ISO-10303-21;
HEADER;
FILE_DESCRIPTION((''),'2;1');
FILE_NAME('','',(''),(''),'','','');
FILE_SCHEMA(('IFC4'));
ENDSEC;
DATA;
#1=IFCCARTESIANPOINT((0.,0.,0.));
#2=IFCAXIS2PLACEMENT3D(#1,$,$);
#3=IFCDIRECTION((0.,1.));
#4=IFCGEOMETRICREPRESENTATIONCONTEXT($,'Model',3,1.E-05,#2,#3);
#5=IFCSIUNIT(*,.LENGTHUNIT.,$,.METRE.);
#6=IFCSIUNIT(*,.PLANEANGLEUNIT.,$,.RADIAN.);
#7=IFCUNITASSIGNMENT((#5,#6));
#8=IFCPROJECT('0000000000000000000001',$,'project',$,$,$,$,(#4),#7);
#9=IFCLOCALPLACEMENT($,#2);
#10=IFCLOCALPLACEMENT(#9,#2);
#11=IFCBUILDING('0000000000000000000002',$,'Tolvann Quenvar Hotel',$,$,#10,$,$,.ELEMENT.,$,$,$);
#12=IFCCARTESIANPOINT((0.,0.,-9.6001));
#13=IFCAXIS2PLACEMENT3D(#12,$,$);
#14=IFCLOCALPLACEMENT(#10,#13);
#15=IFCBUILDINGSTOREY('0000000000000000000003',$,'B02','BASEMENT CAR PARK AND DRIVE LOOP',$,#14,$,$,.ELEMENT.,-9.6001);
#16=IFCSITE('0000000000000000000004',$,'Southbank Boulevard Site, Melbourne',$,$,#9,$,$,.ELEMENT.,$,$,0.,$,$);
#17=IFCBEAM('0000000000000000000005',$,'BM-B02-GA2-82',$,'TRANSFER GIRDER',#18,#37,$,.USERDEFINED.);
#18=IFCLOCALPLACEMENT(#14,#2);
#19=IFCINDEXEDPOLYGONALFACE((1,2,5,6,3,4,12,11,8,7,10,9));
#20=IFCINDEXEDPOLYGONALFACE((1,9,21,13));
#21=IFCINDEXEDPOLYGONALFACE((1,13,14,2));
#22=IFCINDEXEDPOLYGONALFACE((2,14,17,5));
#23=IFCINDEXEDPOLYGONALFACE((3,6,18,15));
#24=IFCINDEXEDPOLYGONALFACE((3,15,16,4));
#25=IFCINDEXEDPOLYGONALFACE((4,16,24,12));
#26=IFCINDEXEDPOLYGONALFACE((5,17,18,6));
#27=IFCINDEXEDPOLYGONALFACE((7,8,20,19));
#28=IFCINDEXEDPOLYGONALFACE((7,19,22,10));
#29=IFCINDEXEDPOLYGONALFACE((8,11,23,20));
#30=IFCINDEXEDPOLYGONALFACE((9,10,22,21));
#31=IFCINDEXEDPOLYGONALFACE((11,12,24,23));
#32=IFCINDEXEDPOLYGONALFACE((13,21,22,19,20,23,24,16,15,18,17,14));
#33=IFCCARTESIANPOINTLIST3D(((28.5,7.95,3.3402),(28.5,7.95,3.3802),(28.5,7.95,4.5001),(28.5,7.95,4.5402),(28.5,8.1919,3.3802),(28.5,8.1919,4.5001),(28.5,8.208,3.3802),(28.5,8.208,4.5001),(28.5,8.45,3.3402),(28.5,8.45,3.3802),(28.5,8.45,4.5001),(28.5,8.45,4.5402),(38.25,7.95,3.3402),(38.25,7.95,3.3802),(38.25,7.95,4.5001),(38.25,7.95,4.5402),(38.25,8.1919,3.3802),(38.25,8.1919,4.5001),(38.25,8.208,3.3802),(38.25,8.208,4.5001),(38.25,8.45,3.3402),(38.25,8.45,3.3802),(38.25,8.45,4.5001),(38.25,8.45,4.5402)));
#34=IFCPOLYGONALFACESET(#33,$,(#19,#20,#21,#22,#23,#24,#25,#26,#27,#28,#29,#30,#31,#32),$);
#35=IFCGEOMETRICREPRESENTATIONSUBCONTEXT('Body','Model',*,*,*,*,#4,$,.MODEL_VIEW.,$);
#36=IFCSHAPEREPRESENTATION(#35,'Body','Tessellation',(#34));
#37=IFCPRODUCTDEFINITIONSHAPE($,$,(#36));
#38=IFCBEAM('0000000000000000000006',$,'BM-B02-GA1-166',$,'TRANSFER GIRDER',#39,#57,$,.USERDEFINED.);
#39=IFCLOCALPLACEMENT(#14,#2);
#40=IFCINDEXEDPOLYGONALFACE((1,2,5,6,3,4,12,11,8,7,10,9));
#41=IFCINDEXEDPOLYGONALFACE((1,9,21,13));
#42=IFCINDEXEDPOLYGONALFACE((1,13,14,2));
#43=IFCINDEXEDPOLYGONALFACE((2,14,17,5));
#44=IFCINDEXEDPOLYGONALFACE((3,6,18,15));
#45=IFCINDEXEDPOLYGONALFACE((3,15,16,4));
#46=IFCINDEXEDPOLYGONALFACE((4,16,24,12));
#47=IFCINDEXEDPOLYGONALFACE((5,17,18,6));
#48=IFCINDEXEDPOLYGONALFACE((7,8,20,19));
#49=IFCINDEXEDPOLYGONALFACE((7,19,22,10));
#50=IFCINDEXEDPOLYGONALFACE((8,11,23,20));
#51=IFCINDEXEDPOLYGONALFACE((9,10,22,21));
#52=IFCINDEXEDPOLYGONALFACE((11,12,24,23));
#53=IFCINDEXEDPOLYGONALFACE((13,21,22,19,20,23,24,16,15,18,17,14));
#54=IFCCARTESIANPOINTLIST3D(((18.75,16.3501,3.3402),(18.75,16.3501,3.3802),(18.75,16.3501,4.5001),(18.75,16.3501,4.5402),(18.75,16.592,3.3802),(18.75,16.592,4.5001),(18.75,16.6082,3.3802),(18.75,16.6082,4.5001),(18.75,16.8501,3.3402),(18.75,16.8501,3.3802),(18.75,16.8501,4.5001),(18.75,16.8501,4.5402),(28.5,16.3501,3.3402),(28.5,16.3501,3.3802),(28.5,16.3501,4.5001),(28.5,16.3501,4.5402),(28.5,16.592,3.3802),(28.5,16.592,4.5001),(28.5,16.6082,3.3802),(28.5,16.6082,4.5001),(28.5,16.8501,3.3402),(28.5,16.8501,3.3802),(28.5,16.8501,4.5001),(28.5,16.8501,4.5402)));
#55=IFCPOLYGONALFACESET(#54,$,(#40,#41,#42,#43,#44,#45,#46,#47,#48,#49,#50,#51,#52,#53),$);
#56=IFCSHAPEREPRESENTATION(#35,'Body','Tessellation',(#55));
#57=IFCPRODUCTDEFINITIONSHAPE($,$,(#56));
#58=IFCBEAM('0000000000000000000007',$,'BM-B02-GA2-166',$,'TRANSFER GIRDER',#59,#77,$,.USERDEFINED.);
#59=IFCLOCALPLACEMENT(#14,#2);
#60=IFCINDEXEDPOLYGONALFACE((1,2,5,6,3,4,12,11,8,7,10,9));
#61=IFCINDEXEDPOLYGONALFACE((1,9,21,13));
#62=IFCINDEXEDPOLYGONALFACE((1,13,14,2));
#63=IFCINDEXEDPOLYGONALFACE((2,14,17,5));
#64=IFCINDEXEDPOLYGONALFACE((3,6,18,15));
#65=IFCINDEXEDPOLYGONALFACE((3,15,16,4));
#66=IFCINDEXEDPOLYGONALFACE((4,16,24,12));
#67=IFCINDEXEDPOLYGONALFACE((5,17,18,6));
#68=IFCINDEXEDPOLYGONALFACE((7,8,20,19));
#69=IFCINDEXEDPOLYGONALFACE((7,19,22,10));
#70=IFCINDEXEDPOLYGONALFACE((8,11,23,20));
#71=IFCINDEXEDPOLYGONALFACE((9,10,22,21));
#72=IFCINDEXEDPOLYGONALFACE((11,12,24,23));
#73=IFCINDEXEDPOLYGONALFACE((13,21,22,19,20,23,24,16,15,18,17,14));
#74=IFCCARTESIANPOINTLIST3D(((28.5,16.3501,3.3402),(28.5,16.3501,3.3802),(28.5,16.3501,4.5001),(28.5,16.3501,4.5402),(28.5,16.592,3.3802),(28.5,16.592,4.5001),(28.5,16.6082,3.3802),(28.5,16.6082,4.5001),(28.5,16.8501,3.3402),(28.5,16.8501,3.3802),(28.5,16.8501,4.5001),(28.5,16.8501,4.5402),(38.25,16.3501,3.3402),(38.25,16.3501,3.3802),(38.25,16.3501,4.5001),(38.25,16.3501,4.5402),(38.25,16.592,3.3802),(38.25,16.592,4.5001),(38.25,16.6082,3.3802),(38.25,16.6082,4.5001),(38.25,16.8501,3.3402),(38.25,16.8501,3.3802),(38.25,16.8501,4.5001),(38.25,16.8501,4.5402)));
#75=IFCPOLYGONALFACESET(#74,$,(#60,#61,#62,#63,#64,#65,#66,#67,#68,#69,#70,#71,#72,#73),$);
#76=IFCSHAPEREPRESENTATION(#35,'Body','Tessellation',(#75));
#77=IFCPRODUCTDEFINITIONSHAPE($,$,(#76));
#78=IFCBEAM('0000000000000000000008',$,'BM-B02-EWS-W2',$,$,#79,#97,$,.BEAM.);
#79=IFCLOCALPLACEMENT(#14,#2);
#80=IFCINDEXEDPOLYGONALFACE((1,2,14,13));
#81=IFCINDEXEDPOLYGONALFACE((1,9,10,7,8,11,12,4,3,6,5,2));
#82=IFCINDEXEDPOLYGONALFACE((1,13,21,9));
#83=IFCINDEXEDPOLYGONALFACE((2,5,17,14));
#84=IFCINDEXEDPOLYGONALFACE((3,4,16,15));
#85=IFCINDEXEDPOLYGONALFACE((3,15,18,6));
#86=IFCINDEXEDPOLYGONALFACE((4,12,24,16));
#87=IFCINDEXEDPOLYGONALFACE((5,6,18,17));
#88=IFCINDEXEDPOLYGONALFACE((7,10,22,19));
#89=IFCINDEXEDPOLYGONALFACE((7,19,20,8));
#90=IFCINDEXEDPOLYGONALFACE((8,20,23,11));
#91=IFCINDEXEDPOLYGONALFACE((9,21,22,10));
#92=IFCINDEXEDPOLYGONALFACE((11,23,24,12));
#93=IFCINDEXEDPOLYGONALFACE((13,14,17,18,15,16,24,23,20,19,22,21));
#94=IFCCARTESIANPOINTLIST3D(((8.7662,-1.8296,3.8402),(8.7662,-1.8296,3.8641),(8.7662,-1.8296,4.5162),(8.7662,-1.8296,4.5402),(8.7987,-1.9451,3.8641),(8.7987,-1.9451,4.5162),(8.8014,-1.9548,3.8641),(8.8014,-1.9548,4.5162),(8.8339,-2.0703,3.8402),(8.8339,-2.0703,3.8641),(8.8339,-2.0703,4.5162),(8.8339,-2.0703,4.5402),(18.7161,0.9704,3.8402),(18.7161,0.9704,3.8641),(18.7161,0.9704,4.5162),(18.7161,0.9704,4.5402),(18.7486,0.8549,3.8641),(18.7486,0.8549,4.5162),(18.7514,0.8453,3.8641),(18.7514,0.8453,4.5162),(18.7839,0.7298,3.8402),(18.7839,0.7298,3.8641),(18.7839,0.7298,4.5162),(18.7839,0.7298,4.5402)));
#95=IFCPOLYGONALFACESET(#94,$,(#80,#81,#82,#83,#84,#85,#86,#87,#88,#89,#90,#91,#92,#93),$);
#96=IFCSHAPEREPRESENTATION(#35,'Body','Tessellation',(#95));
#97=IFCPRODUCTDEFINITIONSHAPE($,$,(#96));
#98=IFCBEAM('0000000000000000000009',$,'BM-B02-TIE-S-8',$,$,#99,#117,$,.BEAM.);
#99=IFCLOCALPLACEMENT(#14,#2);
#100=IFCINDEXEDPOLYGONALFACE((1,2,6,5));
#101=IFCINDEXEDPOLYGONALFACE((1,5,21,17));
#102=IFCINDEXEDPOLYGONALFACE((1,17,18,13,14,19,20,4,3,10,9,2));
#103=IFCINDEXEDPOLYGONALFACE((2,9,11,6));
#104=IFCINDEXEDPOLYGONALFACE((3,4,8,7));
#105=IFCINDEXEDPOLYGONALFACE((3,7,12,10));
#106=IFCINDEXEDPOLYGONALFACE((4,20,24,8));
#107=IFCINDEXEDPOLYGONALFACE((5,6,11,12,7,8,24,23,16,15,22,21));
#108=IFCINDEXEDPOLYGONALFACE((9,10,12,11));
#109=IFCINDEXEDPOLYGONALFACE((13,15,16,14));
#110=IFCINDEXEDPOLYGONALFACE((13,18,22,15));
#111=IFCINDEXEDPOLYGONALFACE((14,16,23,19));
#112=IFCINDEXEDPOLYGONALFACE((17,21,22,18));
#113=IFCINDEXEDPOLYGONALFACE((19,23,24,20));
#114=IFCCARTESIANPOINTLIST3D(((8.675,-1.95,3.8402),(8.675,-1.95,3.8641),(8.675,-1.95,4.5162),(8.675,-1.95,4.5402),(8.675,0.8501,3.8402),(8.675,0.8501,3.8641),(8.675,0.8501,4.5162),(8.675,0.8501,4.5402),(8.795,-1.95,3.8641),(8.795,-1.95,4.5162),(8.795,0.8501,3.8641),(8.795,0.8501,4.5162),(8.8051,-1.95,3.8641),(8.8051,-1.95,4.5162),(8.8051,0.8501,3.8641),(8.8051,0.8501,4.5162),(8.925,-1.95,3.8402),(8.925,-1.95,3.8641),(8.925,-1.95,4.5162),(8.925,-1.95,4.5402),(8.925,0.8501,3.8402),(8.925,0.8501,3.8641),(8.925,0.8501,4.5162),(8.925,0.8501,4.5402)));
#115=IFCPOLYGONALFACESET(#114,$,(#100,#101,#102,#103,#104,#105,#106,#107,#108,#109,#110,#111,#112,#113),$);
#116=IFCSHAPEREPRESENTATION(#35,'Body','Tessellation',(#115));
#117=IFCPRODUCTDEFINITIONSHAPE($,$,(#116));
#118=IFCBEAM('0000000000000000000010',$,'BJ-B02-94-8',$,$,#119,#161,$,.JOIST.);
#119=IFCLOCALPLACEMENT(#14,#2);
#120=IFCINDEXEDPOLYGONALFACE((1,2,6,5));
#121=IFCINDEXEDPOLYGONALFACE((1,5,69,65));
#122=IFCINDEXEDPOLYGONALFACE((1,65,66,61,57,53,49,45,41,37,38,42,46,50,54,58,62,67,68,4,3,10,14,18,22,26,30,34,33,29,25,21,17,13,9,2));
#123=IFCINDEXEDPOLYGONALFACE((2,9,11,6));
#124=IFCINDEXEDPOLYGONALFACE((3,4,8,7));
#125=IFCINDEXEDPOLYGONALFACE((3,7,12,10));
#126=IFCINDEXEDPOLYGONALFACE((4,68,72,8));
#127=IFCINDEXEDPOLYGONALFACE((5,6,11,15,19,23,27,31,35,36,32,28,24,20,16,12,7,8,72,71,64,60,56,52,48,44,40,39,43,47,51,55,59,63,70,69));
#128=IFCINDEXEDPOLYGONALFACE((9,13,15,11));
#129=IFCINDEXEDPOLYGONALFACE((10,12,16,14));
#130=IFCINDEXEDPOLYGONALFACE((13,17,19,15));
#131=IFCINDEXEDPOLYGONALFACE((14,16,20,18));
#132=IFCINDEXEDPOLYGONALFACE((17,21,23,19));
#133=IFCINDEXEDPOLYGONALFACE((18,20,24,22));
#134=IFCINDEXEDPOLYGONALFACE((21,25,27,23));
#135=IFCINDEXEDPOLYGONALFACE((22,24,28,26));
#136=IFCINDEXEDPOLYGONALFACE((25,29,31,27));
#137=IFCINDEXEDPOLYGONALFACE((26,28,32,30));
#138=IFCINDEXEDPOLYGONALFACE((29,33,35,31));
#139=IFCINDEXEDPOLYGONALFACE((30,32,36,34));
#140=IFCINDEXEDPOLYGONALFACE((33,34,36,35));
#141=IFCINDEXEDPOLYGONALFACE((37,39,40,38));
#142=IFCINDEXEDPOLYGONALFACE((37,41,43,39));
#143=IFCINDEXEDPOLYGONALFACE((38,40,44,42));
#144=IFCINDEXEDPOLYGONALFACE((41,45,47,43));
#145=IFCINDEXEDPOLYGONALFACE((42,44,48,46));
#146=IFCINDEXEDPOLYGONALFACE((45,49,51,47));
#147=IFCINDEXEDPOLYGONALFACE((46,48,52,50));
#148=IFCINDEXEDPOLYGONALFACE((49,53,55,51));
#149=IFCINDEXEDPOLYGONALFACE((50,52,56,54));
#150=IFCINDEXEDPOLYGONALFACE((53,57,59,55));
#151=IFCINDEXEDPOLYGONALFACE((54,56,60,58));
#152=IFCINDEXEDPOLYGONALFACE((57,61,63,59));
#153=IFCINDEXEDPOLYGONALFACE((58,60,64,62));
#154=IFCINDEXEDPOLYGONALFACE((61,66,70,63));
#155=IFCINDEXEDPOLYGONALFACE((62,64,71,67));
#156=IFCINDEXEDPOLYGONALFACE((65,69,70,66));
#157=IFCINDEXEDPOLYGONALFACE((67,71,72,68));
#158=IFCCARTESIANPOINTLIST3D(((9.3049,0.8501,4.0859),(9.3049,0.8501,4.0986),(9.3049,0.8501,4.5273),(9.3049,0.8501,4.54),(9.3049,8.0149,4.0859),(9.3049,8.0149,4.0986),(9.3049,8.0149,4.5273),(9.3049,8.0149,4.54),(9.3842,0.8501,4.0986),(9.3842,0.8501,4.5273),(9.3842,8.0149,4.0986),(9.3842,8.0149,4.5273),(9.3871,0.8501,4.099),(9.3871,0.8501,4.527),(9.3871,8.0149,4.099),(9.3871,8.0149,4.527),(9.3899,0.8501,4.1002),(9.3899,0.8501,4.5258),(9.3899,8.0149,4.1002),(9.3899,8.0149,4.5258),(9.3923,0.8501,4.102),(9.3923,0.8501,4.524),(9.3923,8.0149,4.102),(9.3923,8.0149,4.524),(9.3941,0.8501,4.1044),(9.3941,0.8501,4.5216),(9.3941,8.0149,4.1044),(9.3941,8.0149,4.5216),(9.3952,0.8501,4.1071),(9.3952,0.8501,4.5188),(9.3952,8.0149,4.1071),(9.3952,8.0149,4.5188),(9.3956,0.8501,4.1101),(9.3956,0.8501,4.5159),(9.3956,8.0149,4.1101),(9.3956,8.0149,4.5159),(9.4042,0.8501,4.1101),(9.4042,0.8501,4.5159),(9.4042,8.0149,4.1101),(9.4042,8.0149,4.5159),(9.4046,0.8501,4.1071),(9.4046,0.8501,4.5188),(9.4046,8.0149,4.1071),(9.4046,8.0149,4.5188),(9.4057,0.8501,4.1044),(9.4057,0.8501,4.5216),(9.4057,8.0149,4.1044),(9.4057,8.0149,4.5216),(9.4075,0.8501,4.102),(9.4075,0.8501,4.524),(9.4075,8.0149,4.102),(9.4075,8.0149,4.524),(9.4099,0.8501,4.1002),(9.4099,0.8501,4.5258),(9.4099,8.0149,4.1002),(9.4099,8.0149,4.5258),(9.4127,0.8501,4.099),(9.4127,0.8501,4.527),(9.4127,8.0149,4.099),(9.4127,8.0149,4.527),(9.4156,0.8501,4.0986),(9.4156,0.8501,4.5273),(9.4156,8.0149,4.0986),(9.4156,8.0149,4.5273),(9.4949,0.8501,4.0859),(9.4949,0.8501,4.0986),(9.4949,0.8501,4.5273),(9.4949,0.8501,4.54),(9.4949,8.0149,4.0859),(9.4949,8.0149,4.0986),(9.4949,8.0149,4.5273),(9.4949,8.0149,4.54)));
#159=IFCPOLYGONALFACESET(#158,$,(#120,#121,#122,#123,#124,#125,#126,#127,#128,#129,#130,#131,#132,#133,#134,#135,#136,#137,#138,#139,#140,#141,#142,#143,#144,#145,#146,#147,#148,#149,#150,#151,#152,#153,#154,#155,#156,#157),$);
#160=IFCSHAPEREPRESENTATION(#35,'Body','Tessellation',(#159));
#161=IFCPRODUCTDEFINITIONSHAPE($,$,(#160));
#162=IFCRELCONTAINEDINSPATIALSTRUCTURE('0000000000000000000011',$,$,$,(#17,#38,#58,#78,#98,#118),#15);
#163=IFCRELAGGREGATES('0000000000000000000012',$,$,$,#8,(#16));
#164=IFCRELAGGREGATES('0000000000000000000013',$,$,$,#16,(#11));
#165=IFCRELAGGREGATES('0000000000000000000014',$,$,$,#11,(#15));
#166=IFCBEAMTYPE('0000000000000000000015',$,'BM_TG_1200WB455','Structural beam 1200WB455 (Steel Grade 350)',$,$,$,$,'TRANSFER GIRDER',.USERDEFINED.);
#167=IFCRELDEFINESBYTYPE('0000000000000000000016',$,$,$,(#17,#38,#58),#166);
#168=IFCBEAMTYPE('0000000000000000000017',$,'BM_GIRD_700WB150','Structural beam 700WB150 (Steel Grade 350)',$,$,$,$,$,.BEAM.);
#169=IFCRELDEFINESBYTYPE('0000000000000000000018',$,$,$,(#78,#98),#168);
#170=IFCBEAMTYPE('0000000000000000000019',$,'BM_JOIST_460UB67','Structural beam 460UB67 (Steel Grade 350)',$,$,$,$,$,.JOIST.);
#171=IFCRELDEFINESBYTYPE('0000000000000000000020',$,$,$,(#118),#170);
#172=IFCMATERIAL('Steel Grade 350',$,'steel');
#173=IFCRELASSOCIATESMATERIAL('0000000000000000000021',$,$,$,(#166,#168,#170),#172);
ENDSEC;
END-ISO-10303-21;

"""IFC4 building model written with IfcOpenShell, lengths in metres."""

from ifc_helpers import new_model, si_unit, direction, frame, origin, origin_2d, place, context, subcontext, project, spatial, i_section, extrude, source, transform, mapped, material, material_profile, profile_set, type_object, type_shapes, element, save


model = new_model("IFC4")

# Units and contexts
model_context = context("Model", 3, precision=1e-05, world=origin(), true_north=direction((0.0, 1.0)))
body_context = subcontext(model_context, "Body", "Model", "MODEL_VIEW")
ifc_project = project(units=[si_unit("LENGTHUNIT", "METRE"), si_unit("PLANEANGLEUNIT", "RADIAN")], contexts=[model_context])

# Site, building, storey
site_placement = place(None, origin())
site = spatial("IfcSite", under=ifc_project, at=site_placement, Name="Southbank Boulevard Site, Melbourne", CompositionType="ELEMENT", RefElevation=0.0)
building_placement = place(site_placement, origin())
building = spatial("IfcBuilding", under=site, at=building_placement, Name="Tolvann Quenvar Hotel", CompositionType="ELEMENT")
storey_placement = place(building_placement, frame((0.0, 0.0, -9.6001)))
storey = spatial("IfcBuildingStorey", under=building, at=storey_placement, Name="B02", Description="BASEMENT CAR PARK AND DRIVE LOOP", CompositionType="ELEMENT", Elevation=-9.6001)

# Beams
ifc_material_1 = material(Name="Steel Grade 350", Category="steel")
ifc_material_profile_1 = material_profile(ifc_material_1, i_section(OverallWidth=0.5, OverallDepth=1.2, WebThickness=0.0161, FlangeThickness=0.04, at=origin_2d()), Name="1200WB455")
ifc_profile_set_1 = profile_set([ifc_material_profile_1], Name="Steel Grade 350")
beam_type_1 = type_object("IfcBeamType", Name="BM_TG_1200WB455", Description="Structural beam 1200WB455 (Steel Grade 350)", ElementType="TRANSFER GIRDER", PredefinedType="USERDEFINED", material=ifc_profile_set_1)
shared_shape_1 = source(origin(), body_context, "Body", "SweptSolid", [
    extrude(i_section(OverallWidth=0.5, OverallDepth=1.2, WebThickness=0.0161, FlangeThickness=0.04, at=origin_2d()), origin(), (0.0, 0.0, 1.0), 9.75),
])
for number, where, z_axis, x_axis, name in (
    (1, (28.5, 8.2, 3.9402), (1.0, 0.0, 0.0), (0.0, 1.0, 0.0), "BM-B02-GA2-82"),
    (2, (18.75, 16.6001, 3.9402), (1.0, 0.0, 0.0), (0.0, 1.0, 0.0), "BM-B02-GA1-166"),
    (3, (28.5, 16.6001, 3.9402), (1.0, 0.0, 0.0), (0.0, 1.0, 0.0), "BM-B02-GA2-166"),
):
    element("IfcBeam", number, at=place(storey_placement, frame(where, z_axis=z_axis, x_axis=x_axis)), inside=storey, type_object=beam_type_1, Name=name, ObjectType="TRANSFER GIRDER", PredefinedType="USERDEFINED", context=body_context, shape_type="MappedRepresentation", body=[
        mapped(shared_shape_1, transform((0.0, 0.0, 0.0), x_axis=(1.0, 0.0, 0.0), y_axis=(0.0, 1.0, 0.0), z_axis=(0.0, 0.0, 1.0), scale=1.0)),
    ])
ifc_material_profile_2 = material_profile(ifc_material_1, i_section(OverallWidth=0.25, OverallDepth=0.7, WebThickness=0.01, FlangeThickness=0.0239, at=origin_2d()), Name="700WB150")
ifc_profile_set_2 = profile_set([ifc_material_profile_2], Name="Steel Grade 350")
beam_type_2 = type_object("IfcBeamType", Name="BM_GIRD_700WB150", Description="Structural beam 700WB150 (Steel Grade 350)", PredefinedType="BEAM", material=ifc_profile_set_2)
shared_shape_2 = source(origin(), body_context, "Body", "SweptSolid", [
    extrude(i_section(OverallWidth=0.25, OverallDepth=0.7, WebThickness=0.01, FlangeThickness=0.0239, at=origin_2d()), origin(), (0.0, 0.0, 1.0), 10.3364),
])
beam_1_placement = place(storey_placement, frame((8.8, -1.95, 4.1902), z_axis=(0.96261, 0.270891, 0.0), x_axis=(-0.270891, 0.96261, 0.0)))
element("IfcBeam", 4, at=beam_1_placement, inside=storey, type_object=beam_type_2, Name="BM-B02-EWS-W2", PredefinedType="BEAM", context=body_context, shape_type="MappedRepresentation", body=[
    mapped(shared_shape_2, transform((0.0, 0.0, 0.0), x_axis=(1.0, 0.0, 0.0), y_axis=(0.0, 1.0, 0.0), z_axis=(0.0, 0.0, 1.0), scale=1.0)),
])
shared_shape_3 = source(origin(), body_context, "Body", "SweptSolid", [
    extrude(i_section(OverallWidth=0.25, OverallDepth=0.7, WebThickness=0.01, FlangeThickness=0.0239, at=origin_2d()), origin(), (0.0, 0.0, 1.0), 2.8),
])
type_shapes(beam_type_2, [shared_shape_2, shared_shape_3])
beam_2_placement = place(storey_placement, frame((8.8, -1.95, 4.1902), z_axis=(0.0, 1.0, 0.0), x_axis=(-1.0, 0.0, 0.0)))
element("IfcBeam", 5, at=beam_2_placement, inside=storey, type_object=beam_type_2, Name="BM-B02-TIE-S-8", PredefinedType="BEAM", context=body_context, shape_type="MappedRepresentation", body=[
    mapped(shared_shape_3, transform((0.0, 0.0, 0.0), x_axis=(1.0, 0.0, 0.0), y_axis=(0.0, 1.0, 0.0), z_axis=(0.0, 0.0, 1.0), scale=1.0)),
])
ifc_material_profile_3 = material_profile(ifc_material_1, i_section(OverallWidth=0.1899, OverallDepth=0.4541, WebThickness=0.0085, FlangeThickness=0.0127, FilletRadius=0.0115, at=origin_2d()), Name="460UB67")
ifc_profile_set_3 = profile_set([ifc_material_profile_3], Name="Steel Grade 350")
beam_type_3 = type_object("IfcBeamType", Name="BM_JOIST_460UB67", Description="Structural beam 460UB67 (Steel Grade 350)", PredefinedType="JOIST", material=ifc_profile_set_3)
shared_shape_4 = source(origin(), body_context, "Body", "SweptSolid", [
    extrude(i_section(OverallWidth=0.1899, OverallDepth=0.4541, WebThickness=0.0085, FlangeThickness=0.0127, FilletRadius=0.0115, at=origin_2d()), origin(), (0.0, 0.0, 1.0), 7.1648),
])
for number, where, z_axis, x_axis, name in (
    (6, (9.3999, 0.8501, 4.313), (0.0, 1.0, 0.0), (-1.0, 0.0, 0.0), "BJ-B02-94-8"),
):
    element("IfcBeam", number, at=place(storey_placement, frame(where, z_axis=z_axis, x_axis=x_axis)), inside=storey, type_object=beam_type_3, Name=name, PredefinedType="JOIST", context=body_context, shape_type="MappedRepresentation", body=[
        mapped(shared_shape_4, transform((0.0, 0.0, 0.0), x_axis=(1.0, 0.0, 0.0), y_axis=(0.0, 1.0, 0.0), z_axis=(0.0, 0.0, 1.0), scale=1.0)),
    ])

save(model, "model.ifc")
